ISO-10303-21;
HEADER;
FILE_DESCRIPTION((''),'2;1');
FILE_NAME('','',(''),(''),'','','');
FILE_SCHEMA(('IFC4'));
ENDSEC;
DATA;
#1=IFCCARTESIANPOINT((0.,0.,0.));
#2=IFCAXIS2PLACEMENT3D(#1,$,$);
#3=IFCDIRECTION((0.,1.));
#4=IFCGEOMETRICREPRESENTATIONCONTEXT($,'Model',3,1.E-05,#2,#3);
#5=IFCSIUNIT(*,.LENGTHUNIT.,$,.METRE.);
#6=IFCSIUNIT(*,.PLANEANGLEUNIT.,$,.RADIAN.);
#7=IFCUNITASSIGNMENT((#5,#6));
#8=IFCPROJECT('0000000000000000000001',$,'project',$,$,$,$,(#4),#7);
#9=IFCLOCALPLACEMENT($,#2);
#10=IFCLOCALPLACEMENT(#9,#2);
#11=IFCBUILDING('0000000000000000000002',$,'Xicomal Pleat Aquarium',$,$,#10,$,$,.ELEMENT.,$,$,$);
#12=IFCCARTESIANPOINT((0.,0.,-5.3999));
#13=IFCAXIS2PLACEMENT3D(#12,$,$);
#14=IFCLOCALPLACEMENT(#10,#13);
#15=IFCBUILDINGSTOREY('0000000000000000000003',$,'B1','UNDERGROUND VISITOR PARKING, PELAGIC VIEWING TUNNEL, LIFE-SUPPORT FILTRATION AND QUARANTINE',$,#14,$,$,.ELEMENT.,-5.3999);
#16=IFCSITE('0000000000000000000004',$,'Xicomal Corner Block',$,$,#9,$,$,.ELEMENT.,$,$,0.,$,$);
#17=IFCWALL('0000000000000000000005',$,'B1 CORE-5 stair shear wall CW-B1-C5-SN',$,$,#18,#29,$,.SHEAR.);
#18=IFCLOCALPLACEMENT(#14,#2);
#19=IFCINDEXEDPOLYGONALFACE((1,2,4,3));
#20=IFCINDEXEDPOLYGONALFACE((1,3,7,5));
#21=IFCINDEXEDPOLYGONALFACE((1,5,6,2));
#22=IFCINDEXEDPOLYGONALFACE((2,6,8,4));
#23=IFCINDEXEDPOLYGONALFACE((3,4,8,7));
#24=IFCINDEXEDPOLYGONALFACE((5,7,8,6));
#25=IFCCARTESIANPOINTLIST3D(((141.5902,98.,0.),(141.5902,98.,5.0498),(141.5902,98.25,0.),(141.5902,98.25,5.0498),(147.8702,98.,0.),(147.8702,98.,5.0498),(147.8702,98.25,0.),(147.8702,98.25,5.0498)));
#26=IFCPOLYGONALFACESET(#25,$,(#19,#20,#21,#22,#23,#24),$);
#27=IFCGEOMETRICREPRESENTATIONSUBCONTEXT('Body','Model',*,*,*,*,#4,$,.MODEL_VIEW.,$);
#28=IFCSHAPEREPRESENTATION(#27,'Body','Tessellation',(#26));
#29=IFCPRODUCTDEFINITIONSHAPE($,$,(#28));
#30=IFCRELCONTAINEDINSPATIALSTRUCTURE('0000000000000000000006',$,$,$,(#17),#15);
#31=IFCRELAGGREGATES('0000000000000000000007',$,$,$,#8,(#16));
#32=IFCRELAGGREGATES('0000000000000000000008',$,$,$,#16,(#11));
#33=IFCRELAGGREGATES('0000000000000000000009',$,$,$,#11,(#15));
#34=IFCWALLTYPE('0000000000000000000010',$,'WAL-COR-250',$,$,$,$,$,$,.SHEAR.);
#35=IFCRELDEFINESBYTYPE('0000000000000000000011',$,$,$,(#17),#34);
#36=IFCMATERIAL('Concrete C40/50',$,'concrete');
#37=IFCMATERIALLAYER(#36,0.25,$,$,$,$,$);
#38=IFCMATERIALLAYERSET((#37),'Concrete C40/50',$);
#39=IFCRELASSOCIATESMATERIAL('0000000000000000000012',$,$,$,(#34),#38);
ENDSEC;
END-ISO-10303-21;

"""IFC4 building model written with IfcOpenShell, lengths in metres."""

from ifc_helpers import new_model, si_unit, direction, frame, frame_2d, origin, place, context, subcontext, project, spatial, rectangle, extrude, material, layer, layer_set, type_object, element, save


model = new_model("IFC4")

# Units and contexts
model_context = context("Model", 3, precision=1e-05, world=origin(), true_north=direction((0.0, 1.0)))
body_context = subcontext(model_context, "Body", "Model", "MODEL_VIEW")
ifc_project = project(units=[si_unit("LENGTHUNIT", "METRE"), si_unit("PLANEANGLEUNIT", "RADIAN")], contexts=[model_context])

# Site, building, storey
site_placement = place(None, origin())
site = spatial("IfcSite", under=ifc_project, at=site_placement, Name="Xicomal Corner Block", CompositionType="ELEMENT", RefElevation=0.0)
building_placement = place(site_placement, origin())
building = spatial("IfcBuilding", under=site, at=building_placement, Name="Xicomal Pleat Aquarium", CompositionType="ELEMENT")
storey_placement = place(building_placement, frame((0.0, 0.0, -5.3999)))
storey = spatial("IfcBuildingStorey", under=building, at=storey_placement, Name="B1", Description="UNDERGROUND VISITOR PARKING, PELAGIC VIEWING TUNNEL, LIFE-SUPPORT FILTRATION AND QUARANTINE", CompositionType="ELEMENT", Elevation=-5.3999)

# Wall
ifc_material_1 = material(Name="Concrete C40/50", Category="concrete")
ifc_layer = layer(ifc_material_1, 0.25)
ifc_layer_set = layer_set([ifc_layer], Name="Concrete C40/50")
wall_type = type_object("IfcWallType", Name="WAL-COR-250", PredefinedType="SHEAR", material=ifc_layer_set)
wall_placement = place(storey_placement, frame((141.5901, 98.125, 0.0), z_axis=(0.0, 0.0, 1.0), x_axis=(1.0, 0.0, 0.0)))
element("IfcWall", 1, at=wall_placement, inside=storey, type_object=wall_type, Name="B1 CORE-5 stair shear wall CW-B1-C5-SN", PredefinedType="SHEAR", context=body_context, shape_type="SweptSolid", body=[
    extrude(rectangle(XDim=6.28, YDim=0.25, at=frame_2d((3.1401, 0.0))), origin(), (0.0, 0.0, 1.0), 5.0498),
])

save(model, "model.ifc")
